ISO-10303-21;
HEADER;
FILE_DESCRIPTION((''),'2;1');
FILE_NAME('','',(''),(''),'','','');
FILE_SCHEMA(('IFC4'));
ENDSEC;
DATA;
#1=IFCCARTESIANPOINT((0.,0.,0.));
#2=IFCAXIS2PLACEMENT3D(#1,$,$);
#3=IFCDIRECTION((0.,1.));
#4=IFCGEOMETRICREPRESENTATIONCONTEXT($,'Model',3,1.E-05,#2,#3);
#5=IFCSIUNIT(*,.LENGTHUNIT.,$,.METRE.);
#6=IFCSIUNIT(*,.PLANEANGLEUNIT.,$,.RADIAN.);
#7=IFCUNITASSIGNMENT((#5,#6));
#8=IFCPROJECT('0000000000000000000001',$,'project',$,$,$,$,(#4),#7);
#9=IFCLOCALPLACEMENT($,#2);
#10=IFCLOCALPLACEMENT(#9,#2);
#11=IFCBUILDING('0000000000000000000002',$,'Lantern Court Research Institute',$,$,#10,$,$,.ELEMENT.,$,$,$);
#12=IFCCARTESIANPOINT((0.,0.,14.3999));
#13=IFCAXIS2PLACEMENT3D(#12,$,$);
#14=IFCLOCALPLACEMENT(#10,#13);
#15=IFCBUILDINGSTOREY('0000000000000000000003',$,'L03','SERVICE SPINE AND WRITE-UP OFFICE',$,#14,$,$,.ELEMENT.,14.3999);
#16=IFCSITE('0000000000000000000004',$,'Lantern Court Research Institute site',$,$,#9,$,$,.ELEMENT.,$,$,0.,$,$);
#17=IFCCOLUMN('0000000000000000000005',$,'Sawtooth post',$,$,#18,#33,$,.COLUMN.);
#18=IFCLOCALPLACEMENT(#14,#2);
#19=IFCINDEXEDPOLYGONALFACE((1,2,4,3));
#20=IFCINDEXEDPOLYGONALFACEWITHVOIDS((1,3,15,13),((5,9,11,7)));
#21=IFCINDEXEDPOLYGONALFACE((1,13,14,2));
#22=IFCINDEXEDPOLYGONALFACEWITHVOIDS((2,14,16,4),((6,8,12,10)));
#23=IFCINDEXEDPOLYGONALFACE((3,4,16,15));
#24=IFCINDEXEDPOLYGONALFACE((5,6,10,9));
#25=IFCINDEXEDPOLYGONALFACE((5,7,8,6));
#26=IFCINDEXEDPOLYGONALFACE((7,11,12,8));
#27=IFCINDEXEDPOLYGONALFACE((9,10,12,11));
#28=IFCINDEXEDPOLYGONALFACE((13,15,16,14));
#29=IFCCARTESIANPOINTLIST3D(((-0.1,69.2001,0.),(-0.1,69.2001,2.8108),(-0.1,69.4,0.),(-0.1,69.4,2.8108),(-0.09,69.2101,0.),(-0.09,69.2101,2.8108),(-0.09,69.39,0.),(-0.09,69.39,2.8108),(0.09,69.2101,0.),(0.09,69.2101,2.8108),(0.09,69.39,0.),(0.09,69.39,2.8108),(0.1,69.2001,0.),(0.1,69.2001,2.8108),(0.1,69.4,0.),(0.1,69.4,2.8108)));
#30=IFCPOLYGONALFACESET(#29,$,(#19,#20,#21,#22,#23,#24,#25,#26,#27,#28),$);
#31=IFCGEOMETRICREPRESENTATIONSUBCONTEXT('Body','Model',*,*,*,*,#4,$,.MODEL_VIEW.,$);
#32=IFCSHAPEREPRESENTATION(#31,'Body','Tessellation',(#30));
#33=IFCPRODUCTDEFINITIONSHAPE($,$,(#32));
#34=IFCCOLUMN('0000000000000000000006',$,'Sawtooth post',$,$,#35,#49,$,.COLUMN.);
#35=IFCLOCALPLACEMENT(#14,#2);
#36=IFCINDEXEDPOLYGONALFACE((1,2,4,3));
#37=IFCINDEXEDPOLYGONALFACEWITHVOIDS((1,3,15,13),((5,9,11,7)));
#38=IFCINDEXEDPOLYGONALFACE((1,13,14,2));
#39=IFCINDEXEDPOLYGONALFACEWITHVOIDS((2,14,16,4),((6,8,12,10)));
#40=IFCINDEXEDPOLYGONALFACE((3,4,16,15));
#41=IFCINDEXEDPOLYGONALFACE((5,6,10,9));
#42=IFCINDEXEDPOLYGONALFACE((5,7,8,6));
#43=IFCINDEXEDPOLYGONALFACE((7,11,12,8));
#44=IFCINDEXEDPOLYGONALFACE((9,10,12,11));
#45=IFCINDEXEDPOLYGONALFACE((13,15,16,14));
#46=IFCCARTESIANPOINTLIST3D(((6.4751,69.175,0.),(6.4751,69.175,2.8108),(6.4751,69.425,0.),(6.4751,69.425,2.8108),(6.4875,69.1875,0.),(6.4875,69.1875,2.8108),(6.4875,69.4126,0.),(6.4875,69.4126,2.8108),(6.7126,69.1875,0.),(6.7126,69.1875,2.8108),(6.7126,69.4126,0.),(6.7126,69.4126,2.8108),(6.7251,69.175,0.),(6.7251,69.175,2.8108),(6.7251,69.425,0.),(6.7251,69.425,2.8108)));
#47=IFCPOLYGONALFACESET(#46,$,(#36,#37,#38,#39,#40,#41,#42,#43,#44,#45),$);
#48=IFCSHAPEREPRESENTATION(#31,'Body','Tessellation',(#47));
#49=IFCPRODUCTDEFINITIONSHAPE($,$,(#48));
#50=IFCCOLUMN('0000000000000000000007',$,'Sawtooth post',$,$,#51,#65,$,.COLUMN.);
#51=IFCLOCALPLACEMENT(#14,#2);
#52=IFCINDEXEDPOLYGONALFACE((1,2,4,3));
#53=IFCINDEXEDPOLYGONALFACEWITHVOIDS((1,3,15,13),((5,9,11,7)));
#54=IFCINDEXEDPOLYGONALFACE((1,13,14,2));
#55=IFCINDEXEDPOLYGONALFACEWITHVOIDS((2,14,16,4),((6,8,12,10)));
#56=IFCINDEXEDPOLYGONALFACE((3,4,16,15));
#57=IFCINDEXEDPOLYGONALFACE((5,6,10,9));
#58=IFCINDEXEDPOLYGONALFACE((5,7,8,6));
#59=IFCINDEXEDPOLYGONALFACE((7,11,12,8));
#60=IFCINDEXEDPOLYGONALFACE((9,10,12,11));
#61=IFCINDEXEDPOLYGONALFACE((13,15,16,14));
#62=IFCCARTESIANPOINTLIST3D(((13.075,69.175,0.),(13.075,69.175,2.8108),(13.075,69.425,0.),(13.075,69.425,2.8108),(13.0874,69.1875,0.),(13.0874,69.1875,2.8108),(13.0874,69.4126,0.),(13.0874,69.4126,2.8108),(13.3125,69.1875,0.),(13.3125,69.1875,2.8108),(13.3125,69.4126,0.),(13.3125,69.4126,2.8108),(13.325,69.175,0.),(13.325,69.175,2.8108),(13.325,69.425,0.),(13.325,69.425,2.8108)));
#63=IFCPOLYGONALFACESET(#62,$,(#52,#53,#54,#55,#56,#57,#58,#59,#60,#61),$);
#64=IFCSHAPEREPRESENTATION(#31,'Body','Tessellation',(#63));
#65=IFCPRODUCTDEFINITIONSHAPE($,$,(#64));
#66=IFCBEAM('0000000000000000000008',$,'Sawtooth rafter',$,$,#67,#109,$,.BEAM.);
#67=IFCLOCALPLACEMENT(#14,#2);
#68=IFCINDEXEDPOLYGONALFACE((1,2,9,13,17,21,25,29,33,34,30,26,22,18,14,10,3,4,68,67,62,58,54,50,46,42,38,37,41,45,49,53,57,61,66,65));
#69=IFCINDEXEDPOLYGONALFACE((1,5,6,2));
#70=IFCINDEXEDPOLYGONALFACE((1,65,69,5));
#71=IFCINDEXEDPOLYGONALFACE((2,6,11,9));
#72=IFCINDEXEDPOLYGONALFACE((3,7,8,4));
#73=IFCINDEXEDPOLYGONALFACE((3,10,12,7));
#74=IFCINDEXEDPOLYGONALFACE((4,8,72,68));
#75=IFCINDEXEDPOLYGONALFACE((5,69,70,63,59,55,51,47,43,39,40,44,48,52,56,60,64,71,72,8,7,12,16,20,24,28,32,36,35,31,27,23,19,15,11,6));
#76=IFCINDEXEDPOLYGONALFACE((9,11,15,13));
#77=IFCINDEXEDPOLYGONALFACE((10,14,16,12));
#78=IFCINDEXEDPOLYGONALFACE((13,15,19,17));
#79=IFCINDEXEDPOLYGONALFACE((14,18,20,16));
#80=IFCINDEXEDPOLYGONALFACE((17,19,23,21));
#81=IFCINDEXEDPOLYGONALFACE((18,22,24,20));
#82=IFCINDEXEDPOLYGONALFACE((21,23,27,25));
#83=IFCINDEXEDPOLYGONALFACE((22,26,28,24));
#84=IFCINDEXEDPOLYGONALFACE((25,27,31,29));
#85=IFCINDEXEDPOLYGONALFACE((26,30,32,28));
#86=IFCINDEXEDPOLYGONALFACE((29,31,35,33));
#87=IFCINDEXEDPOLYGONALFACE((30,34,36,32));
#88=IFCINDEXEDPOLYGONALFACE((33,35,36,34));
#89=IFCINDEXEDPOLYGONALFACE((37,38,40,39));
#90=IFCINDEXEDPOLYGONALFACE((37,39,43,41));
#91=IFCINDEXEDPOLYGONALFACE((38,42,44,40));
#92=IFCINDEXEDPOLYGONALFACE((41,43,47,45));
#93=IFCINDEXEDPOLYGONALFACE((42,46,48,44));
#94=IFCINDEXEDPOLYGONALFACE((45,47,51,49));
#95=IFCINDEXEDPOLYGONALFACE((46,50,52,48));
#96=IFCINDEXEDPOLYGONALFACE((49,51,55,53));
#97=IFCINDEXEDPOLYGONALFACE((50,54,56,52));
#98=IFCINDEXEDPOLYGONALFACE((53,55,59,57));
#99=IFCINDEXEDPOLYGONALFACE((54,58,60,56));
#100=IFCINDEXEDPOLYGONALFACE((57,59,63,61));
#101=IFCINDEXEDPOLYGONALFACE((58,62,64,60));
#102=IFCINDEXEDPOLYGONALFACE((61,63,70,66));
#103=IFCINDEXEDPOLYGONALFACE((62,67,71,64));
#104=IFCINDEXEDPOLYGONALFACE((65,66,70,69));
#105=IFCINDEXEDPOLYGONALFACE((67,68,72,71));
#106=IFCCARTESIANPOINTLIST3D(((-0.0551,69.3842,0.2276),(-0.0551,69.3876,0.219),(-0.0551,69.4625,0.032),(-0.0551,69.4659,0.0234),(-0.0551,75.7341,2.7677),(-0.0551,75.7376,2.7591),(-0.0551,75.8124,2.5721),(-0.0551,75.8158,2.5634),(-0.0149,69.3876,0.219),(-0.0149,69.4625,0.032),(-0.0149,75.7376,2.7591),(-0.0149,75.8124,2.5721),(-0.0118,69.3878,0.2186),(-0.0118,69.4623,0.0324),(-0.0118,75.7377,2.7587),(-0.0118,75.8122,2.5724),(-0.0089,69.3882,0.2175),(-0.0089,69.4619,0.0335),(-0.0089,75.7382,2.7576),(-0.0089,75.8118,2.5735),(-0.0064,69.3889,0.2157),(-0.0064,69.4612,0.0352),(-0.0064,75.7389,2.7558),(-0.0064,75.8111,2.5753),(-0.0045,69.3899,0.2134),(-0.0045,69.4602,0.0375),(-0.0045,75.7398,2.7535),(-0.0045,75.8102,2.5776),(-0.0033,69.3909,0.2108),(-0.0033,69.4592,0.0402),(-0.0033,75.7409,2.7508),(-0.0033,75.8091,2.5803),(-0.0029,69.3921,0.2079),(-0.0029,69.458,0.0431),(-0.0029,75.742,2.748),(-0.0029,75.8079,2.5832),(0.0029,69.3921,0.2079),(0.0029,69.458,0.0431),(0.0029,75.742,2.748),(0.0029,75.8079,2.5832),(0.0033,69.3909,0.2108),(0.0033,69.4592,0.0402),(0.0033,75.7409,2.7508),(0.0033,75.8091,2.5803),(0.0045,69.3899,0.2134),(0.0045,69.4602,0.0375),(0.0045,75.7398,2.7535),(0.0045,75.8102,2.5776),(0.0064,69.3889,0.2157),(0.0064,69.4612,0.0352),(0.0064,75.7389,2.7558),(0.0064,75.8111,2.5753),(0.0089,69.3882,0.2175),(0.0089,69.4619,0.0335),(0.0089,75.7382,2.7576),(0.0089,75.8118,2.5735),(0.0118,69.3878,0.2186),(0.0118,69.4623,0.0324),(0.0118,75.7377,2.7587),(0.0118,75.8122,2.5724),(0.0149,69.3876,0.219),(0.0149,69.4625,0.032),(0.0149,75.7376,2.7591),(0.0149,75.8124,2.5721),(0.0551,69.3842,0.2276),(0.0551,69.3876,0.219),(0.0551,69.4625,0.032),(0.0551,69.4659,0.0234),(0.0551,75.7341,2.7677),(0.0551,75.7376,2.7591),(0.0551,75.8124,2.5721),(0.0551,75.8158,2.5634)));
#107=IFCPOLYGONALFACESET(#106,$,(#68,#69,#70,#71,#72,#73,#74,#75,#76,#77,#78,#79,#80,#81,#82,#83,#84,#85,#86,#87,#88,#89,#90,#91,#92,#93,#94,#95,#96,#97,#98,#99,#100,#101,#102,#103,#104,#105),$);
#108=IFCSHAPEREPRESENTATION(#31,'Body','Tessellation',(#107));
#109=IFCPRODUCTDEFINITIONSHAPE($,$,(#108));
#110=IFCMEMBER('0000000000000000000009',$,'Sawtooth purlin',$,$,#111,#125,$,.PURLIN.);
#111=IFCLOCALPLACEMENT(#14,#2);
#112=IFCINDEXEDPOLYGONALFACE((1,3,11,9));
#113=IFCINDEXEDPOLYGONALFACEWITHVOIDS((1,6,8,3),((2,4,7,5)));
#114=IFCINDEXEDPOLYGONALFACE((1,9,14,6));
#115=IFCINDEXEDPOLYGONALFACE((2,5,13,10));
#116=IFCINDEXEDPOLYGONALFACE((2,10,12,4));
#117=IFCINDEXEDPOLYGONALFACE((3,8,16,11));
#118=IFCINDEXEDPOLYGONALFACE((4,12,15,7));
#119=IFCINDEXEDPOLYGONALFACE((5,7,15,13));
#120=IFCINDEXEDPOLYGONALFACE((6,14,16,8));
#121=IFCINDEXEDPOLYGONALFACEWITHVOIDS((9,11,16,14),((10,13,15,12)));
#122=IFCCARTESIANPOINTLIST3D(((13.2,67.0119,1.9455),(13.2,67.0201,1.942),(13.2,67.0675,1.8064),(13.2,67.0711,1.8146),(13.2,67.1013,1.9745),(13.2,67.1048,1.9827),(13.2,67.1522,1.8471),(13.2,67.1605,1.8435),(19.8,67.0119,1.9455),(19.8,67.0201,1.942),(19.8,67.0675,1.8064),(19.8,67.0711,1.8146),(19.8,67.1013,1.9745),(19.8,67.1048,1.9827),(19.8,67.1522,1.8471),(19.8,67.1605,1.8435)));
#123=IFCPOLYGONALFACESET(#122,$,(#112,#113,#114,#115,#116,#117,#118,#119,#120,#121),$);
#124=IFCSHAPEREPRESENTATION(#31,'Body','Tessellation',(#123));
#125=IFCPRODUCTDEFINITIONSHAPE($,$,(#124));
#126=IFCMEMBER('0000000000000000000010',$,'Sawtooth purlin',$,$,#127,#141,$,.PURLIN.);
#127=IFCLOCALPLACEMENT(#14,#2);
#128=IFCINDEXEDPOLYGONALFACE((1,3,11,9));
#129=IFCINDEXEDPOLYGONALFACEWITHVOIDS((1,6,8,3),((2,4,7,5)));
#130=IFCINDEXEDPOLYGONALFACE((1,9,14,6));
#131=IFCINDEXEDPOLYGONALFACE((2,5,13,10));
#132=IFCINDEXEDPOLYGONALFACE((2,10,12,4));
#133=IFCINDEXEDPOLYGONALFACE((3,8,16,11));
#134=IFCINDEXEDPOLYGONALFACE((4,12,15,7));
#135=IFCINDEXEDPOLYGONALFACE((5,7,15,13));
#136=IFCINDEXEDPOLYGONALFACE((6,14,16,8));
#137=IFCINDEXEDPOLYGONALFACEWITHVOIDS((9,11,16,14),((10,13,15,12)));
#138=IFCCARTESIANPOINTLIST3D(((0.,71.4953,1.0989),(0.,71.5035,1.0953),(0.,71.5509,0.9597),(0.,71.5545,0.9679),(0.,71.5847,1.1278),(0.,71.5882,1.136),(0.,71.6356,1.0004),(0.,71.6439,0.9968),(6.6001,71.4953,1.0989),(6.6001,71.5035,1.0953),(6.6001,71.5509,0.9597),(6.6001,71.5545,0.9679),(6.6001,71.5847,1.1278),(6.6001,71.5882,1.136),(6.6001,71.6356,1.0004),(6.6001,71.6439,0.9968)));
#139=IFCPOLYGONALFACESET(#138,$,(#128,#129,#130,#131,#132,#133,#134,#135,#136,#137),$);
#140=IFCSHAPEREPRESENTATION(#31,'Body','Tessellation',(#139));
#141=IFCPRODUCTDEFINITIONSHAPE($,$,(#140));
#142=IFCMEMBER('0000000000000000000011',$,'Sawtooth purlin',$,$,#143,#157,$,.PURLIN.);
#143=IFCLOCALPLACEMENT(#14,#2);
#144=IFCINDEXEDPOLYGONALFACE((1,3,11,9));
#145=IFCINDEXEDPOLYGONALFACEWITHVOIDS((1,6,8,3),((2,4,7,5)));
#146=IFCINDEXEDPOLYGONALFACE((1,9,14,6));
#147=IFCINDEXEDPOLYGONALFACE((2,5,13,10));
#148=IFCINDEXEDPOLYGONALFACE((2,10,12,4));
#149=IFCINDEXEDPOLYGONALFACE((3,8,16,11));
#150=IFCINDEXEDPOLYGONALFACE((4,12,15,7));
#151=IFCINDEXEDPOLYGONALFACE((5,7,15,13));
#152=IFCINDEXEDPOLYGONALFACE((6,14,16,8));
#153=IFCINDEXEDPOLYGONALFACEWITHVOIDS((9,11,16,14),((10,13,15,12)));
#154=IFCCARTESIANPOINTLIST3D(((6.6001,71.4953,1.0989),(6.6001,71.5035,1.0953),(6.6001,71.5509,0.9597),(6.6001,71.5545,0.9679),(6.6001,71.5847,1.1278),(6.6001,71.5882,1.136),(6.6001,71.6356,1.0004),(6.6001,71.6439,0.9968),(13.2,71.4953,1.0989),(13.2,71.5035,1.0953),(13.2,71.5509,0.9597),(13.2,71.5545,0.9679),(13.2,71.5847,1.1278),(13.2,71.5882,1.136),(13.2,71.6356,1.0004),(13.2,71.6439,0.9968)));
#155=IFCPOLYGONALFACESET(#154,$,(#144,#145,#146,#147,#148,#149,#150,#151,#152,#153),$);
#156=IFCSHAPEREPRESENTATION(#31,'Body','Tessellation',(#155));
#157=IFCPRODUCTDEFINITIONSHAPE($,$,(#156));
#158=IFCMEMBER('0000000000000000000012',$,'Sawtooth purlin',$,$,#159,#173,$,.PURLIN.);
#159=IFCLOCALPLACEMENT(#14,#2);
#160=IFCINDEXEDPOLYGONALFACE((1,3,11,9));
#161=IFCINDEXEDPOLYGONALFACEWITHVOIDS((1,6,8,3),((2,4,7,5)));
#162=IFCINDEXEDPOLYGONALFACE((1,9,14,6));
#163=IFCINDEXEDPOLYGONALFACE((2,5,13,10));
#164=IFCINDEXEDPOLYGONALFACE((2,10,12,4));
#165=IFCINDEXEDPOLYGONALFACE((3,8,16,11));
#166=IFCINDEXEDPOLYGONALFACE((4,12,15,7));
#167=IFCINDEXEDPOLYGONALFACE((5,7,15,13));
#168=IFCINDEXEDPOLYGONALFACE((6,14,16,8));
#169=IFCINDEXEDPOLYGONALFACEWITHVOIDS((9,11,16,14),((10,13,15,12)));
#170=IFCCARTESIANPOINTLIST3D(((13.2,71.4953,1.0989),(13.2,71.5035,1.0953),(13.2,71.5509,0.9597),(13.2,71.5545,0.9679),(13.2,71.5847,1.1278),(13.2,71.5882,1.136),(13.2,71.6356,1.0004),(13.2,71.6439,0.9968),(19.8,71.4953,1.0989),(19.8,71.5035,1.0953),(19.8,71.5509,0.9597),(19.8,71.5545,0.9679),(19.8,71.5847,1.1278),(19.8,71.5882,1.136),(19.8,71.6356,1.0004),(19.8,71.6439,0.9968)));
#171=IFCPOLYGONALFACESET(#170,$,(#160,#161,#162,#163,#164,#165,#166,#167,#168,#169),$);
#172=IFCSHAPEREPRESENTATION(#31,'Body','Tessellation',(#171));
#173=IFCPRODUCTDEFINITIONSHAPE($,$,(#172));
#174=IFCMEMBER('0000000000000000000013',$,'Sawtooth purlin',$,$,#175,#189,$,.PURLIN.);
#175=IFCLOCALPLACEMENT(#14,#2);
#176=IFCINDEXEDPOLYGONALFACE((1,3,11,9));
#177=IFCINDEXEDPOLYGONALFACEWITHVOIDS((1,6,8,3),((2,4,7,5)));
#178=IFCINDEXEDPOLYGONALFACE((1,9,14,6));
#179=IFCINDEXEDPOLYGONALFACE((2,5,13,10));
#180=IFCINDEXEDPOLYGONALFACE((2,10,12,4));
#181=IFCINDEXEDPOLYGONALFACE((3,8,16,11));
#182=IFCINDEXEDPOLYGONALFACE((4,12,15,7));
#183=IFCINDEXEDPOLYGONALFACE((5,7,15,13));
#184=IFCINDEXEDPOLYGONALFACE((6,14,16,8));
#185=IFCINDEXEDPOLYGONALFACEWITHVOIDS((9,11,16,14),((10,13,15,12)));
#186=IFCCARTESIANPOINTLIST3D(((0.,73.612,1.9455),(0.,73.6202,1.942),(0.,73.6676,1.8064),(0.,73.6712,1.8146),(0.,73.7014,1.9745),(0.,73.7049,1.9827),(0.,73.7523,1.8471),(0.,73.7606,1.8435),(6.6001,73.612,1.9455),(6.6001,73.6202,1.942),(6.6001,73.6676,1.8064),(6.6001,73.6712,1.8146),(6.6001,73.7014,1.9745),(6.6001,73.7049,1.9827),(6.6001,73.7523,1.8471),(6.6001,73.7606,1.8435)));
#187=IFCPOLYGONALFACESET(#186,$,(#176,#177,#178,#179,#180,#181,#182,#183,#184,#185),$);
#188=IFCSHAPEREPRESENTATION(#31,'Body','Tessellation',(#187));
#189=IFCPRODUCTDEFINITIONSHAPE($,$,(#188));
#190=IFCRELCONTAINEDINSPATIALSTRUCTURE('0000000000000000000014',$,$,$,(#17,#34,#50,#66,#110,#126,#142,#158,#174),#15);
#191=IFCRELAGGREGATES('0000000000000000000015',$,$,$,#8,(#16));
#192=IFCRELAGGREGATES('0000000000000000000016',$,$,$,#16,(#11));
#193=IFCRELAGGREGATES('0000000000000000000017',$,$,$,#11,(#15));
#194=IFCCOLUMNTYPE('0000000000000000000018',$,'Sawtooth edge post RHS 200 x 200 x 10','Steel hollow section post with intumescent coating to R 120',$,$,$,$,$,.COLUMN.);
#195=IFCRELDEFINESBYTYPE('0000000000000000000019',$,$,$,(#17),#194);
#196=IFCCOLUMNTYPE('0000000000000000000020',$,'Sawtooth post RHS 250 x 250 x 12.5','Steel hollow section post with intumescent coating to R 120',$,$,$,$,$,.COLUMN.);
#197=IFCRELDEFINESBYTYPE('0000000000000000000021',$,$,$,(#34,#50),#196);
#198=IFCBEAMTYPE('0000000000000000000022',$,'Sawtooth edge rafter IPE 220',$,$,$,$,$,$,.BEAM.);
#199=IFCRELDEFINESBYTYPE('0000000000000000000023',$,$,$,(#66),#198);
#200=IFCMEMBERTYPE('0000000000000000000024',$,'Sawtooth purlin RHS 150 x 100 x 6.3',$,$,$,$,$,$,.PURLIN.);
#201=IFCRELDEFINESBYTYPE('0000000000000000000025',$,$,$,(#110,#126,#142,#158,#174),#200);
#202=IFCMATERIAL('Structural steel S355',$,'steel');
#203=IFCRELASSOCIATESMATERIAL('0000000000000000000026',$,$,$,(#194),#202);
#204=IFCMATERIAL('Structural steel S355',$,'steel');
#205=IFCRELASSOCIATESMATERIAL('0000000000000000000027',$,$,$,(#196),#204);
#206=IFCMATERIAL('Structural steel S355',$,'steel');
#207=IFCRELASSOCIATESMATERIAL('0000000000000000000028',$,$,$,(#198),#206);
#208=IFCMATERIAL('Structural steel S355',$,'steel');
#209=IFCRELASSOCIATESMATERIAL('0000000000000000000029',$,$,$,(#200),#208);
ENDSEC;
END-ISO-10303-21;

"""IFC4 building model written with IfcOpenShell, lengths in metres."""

from ifc_helpers import new_model, si_unit, direction, frame, origin, origin_2d, place, context, subcontext, project, spatial, hollow_rectangle, i_section, extrude, material, material_profile, profile_set, type_object, element, save


model = new_model("IFC4")

# Units and contexts
model_context = context("Model", 3, precision=1e-05, world=origin(), true_north=direction((0.0, 1.0)))
body_context = subcontext(model_context, "Body", "Model", "MODEL_VIEW")
ifc_project = project(units=[si_unit("LENGTHUNIT", "METRE"), si_unit("PLANEANGLEUNIT", "RADIAN")], contexts=[model_context])

# Site, building, storey
site_placement = place(None, origin())
site = spatial("IfcSite", under=ifc_project, at=site_placement, Name="Lantern Court Research Institute site", CompositionType="ELEMENT", RefElevation=0.0)
building_placement = place(site_placement, origin())
building = spatial("IfcBuilding", under=site, at=building_placement, Name="Lantern Court Research Institute", CompositionType="ELEMENT")
storey_placement = place(building_placement, frame((0.0, 0.0, 14.3999)))
storey = spatial("IfcBuildingStorey", under=building, at=storey_placement, Name="L03", Description="SERVICE SPINE AND WRITE-UP OFFICE", CompositionType="ELEMENT", Elevation=14.3999)

# Columns
ifc_material_1 = material(Name="Structural steel S355", Category="steel")
ifc_material_profile_1 = material_profile(ifc_material_1, hollow_rectangle(XDim=0.2, YDim=0.2, WallThickness=0.01, at=origin_2d()), Name="Sawtooth edge post RHS 200 x 200 x 10")
ifc_profile_set_1 = profile_set([ifc_material_profile_1], Name="Structural steel S355")
column_type_1 = type_object("IfcColumnType", Name="Sawtooth edge post RHS 200 x 200 x 10", Description="Steel hollow section post with intumescent coating to R 120", PredefinedType="COLUMN", material=ifc_profile_set_1)
column_placement = place(storey_placement, frame((0.0, 69.3, 0.0), z_axis=(0.0, 0.0, 1.0), x_axis=(1.0, 0.0, 0.0)))
element("IfcColumn", 1, at=column_placement, inside=storey, type_object=column_type_1, Name="Sawtooth post", PredefinedType="COLUMN", context=body_context, shape_type="SweptSolid", body=[
    extrude(hollow_rectangle(XDim=0.2, YDim=0.2, WallThickness=0.01, at=origin_2d()), origin(), (0.0, 0.0, 1.0), 2.8108),
])
ifc_material_2 = material(Name="Structural steel S355", Category="steel")
ifc_material_profile_2 = material_profile(ifc_material_2, hollow_rectangle(XDim=0.25, YDim=0.25, WallThickness=0.0125, at=origin_2d()), Name="Sawtooth post RHS 250 x 250 x 12.5")
ifc_profile_set_2 = profile_set([ifc_material_profile_2], Name="Structural steel S355")
column_type_2 = type_object("IfcColumnType", Name="Sawtooth post RHS 250 x 250 x 12.5", Description="Steel hollow section post with intumescent coating to R 120", PredefinedType="COLUMN", material=ifc_profile_set_2)
for number, where, z_axis, x_axis, name in (
    (2, (6.6001, 69.3, 0.0), (0.0, 0.0, 1.0), (1.0, 0.0, 0.0), "Sawtooth post"),
    (3, (13.2, 69.3, 0.0), (0.0, 0.0, 1.0), (1.0, 0.0, 0.0), "Sawtooth post"),
):
    element("IfcColumn", number, at=place(storey_placement, frame(where, z_axis=z_axis, x_axis=x_axis)), inside=storey, type_object=column_type_2, Name=name, PredefinedType="COLUMN", context=body_context, shape_type="SweptSolid", body=[
        extrude(hollow_rectangle(XDim=0.25, YDim=0.25, WallThickness=0.0125, at=origin_2d()), origin(), (0.0, 0.0, 1.0), 2.8108),
    ])

# Beam
ifc_material_3 = material(Name="Structural steel S355", Category="steel")
ifc_material_profile_3 = material_profile(ifc_material_3, i_section(OverallWidth=0.1101, OverallDepth=0.22, WebThickness=0.0059, FlangeThickness=0.0093, FilletRadius=0.012, at=origin_2d()), Name="IPE 220")
ifc_profile_set_3 = profile_set([ifc_material_profile_3], Name="Structural steel S355")
beam_type = type_object("IfcBeamType", Name="Sawtooth edge rafter IPE 220", PredefinedType="BEAM", material=ifc_profile_set_3)
beam_placement = place(storey_placement, frame((0.0, 69.425, 0.1255), z_axis=(0.0, 0.928472, 0.371403), x_axis=(-1.0, 0.0, 0.0)))
element("IfcBeam", 4, at=beam_placement, inside=storey, type_object=beam_type, Name="Sawtooth rafter", PredefinedType="BEAM", context=body_context, shape_type="SweptSolid", body=[
    extrude(i_section(OverallWidth=0.1101, OverallDepth=0.22, WebThickness=0.0059, FlangeThickness=0.0093, FilletRadius=0.012, at=origin_2d()), origin(), (0.0, 0.0, 1.0), 6.8391),
])

# Members
ifc_material_4 = material(Name="Structural steel S355", Category="steel")
ifc_material_profile_4 = material_profile(ifc_material_4, hollow_rectangle(XDim=0.1001, YDim=0.1499, WallThickness=0.0063, at=origin_2d()), Name="Sawtooth purlin RHS 150 x 100 x 6.3")
ifc_profile_set_4 = profile_set([ifc_material_profile_4], Name="Structural steel S355")
member_type_1 = type_object("IfcMemberType", Name="Sawtooth purlin RHS 150 x 100 x 6.3", PredefinedType="PURLIN", material=ifc_profile_set_4)
for number, where, z_axis, x_axis, name in (
    (5, (13.2, 67.0862, 1.8945), (1.0, 0.0, 0.0), (0.0, 0.928477, 0.371391), "Sawtooth purlin"),
    (6, (0.0, 71.5696, 1.0479), (1.0, 0.0, 0.0), (0.0, 0.928477, 0.371391), "Sawtooth purlin"),
):
    element("IfcMember", number, at=place(storey_placement, frame(where, z_axis=z_axis, x_axis=x_axis)), inside=storey, type_object=member_type_1, Name=name, PredefinedType="PURLIN", context=body_context, shape_type="SweptSolid", body=[
        extrude(hollow_rectangle(XDim=0.1001, YDim=0.1499, WallThickness=0.0063, at=origin_2d()), origin(), (0.0, 0.0, 1.0), 6.6001),
    ])
member_1_placement = place(storey_placement, frame((6.6001, 71.5696, 1.0479), z_axis=(1.0, 0.0, 0.0), x_axis=(0.0, 0.928477, 0.371391)))
element("IfcMember", 7, at=member_1_placement, inside=storey, type_object=member_type_1, Name="Sawtooth purlin", PredefinedType="PURLIN", context=body_context, shape_type="SweptSolid", body=[
    extrude(hollow_rectangle(XDim=0.1001, YDim=0.1499, WallThickness=0.0063, at=origin_2d()), origin(), (0.0, 0.0, 1.0), 6.5999),
])
for number, where, z_axis, x_axis, name in (
    (8, (13.2, 71.5696, 1.0479), (1.0, 0.0, 0.0), (0.0, 0.928477, 0.371391), "Sawtooth purlin"),
    (9, (0.0, 73.6863, 1.8945), (1.0, 0.0, 0.0), (0.0, 0.928477, 0.371391), "Sawtooth purlin"),
):
    element("IfcMember", number, at=place(storey_placement, frame(where, z_axis=z_axis, x_axis=x_axis)), inside=storey, type_object=member_type_1, Name=name, PredefinedType="PURLIN", context=body_context, shape_type="SweptSolid", body=[
        extrude(hollow_rectangle(XDim=0.1001, YDim=0.1499, WallThickness=0.0063, at=origin_2d()), origin(), (0.0, 0.0, 1.0), 6.6001),
    ])

save(model, "model.ifc")
